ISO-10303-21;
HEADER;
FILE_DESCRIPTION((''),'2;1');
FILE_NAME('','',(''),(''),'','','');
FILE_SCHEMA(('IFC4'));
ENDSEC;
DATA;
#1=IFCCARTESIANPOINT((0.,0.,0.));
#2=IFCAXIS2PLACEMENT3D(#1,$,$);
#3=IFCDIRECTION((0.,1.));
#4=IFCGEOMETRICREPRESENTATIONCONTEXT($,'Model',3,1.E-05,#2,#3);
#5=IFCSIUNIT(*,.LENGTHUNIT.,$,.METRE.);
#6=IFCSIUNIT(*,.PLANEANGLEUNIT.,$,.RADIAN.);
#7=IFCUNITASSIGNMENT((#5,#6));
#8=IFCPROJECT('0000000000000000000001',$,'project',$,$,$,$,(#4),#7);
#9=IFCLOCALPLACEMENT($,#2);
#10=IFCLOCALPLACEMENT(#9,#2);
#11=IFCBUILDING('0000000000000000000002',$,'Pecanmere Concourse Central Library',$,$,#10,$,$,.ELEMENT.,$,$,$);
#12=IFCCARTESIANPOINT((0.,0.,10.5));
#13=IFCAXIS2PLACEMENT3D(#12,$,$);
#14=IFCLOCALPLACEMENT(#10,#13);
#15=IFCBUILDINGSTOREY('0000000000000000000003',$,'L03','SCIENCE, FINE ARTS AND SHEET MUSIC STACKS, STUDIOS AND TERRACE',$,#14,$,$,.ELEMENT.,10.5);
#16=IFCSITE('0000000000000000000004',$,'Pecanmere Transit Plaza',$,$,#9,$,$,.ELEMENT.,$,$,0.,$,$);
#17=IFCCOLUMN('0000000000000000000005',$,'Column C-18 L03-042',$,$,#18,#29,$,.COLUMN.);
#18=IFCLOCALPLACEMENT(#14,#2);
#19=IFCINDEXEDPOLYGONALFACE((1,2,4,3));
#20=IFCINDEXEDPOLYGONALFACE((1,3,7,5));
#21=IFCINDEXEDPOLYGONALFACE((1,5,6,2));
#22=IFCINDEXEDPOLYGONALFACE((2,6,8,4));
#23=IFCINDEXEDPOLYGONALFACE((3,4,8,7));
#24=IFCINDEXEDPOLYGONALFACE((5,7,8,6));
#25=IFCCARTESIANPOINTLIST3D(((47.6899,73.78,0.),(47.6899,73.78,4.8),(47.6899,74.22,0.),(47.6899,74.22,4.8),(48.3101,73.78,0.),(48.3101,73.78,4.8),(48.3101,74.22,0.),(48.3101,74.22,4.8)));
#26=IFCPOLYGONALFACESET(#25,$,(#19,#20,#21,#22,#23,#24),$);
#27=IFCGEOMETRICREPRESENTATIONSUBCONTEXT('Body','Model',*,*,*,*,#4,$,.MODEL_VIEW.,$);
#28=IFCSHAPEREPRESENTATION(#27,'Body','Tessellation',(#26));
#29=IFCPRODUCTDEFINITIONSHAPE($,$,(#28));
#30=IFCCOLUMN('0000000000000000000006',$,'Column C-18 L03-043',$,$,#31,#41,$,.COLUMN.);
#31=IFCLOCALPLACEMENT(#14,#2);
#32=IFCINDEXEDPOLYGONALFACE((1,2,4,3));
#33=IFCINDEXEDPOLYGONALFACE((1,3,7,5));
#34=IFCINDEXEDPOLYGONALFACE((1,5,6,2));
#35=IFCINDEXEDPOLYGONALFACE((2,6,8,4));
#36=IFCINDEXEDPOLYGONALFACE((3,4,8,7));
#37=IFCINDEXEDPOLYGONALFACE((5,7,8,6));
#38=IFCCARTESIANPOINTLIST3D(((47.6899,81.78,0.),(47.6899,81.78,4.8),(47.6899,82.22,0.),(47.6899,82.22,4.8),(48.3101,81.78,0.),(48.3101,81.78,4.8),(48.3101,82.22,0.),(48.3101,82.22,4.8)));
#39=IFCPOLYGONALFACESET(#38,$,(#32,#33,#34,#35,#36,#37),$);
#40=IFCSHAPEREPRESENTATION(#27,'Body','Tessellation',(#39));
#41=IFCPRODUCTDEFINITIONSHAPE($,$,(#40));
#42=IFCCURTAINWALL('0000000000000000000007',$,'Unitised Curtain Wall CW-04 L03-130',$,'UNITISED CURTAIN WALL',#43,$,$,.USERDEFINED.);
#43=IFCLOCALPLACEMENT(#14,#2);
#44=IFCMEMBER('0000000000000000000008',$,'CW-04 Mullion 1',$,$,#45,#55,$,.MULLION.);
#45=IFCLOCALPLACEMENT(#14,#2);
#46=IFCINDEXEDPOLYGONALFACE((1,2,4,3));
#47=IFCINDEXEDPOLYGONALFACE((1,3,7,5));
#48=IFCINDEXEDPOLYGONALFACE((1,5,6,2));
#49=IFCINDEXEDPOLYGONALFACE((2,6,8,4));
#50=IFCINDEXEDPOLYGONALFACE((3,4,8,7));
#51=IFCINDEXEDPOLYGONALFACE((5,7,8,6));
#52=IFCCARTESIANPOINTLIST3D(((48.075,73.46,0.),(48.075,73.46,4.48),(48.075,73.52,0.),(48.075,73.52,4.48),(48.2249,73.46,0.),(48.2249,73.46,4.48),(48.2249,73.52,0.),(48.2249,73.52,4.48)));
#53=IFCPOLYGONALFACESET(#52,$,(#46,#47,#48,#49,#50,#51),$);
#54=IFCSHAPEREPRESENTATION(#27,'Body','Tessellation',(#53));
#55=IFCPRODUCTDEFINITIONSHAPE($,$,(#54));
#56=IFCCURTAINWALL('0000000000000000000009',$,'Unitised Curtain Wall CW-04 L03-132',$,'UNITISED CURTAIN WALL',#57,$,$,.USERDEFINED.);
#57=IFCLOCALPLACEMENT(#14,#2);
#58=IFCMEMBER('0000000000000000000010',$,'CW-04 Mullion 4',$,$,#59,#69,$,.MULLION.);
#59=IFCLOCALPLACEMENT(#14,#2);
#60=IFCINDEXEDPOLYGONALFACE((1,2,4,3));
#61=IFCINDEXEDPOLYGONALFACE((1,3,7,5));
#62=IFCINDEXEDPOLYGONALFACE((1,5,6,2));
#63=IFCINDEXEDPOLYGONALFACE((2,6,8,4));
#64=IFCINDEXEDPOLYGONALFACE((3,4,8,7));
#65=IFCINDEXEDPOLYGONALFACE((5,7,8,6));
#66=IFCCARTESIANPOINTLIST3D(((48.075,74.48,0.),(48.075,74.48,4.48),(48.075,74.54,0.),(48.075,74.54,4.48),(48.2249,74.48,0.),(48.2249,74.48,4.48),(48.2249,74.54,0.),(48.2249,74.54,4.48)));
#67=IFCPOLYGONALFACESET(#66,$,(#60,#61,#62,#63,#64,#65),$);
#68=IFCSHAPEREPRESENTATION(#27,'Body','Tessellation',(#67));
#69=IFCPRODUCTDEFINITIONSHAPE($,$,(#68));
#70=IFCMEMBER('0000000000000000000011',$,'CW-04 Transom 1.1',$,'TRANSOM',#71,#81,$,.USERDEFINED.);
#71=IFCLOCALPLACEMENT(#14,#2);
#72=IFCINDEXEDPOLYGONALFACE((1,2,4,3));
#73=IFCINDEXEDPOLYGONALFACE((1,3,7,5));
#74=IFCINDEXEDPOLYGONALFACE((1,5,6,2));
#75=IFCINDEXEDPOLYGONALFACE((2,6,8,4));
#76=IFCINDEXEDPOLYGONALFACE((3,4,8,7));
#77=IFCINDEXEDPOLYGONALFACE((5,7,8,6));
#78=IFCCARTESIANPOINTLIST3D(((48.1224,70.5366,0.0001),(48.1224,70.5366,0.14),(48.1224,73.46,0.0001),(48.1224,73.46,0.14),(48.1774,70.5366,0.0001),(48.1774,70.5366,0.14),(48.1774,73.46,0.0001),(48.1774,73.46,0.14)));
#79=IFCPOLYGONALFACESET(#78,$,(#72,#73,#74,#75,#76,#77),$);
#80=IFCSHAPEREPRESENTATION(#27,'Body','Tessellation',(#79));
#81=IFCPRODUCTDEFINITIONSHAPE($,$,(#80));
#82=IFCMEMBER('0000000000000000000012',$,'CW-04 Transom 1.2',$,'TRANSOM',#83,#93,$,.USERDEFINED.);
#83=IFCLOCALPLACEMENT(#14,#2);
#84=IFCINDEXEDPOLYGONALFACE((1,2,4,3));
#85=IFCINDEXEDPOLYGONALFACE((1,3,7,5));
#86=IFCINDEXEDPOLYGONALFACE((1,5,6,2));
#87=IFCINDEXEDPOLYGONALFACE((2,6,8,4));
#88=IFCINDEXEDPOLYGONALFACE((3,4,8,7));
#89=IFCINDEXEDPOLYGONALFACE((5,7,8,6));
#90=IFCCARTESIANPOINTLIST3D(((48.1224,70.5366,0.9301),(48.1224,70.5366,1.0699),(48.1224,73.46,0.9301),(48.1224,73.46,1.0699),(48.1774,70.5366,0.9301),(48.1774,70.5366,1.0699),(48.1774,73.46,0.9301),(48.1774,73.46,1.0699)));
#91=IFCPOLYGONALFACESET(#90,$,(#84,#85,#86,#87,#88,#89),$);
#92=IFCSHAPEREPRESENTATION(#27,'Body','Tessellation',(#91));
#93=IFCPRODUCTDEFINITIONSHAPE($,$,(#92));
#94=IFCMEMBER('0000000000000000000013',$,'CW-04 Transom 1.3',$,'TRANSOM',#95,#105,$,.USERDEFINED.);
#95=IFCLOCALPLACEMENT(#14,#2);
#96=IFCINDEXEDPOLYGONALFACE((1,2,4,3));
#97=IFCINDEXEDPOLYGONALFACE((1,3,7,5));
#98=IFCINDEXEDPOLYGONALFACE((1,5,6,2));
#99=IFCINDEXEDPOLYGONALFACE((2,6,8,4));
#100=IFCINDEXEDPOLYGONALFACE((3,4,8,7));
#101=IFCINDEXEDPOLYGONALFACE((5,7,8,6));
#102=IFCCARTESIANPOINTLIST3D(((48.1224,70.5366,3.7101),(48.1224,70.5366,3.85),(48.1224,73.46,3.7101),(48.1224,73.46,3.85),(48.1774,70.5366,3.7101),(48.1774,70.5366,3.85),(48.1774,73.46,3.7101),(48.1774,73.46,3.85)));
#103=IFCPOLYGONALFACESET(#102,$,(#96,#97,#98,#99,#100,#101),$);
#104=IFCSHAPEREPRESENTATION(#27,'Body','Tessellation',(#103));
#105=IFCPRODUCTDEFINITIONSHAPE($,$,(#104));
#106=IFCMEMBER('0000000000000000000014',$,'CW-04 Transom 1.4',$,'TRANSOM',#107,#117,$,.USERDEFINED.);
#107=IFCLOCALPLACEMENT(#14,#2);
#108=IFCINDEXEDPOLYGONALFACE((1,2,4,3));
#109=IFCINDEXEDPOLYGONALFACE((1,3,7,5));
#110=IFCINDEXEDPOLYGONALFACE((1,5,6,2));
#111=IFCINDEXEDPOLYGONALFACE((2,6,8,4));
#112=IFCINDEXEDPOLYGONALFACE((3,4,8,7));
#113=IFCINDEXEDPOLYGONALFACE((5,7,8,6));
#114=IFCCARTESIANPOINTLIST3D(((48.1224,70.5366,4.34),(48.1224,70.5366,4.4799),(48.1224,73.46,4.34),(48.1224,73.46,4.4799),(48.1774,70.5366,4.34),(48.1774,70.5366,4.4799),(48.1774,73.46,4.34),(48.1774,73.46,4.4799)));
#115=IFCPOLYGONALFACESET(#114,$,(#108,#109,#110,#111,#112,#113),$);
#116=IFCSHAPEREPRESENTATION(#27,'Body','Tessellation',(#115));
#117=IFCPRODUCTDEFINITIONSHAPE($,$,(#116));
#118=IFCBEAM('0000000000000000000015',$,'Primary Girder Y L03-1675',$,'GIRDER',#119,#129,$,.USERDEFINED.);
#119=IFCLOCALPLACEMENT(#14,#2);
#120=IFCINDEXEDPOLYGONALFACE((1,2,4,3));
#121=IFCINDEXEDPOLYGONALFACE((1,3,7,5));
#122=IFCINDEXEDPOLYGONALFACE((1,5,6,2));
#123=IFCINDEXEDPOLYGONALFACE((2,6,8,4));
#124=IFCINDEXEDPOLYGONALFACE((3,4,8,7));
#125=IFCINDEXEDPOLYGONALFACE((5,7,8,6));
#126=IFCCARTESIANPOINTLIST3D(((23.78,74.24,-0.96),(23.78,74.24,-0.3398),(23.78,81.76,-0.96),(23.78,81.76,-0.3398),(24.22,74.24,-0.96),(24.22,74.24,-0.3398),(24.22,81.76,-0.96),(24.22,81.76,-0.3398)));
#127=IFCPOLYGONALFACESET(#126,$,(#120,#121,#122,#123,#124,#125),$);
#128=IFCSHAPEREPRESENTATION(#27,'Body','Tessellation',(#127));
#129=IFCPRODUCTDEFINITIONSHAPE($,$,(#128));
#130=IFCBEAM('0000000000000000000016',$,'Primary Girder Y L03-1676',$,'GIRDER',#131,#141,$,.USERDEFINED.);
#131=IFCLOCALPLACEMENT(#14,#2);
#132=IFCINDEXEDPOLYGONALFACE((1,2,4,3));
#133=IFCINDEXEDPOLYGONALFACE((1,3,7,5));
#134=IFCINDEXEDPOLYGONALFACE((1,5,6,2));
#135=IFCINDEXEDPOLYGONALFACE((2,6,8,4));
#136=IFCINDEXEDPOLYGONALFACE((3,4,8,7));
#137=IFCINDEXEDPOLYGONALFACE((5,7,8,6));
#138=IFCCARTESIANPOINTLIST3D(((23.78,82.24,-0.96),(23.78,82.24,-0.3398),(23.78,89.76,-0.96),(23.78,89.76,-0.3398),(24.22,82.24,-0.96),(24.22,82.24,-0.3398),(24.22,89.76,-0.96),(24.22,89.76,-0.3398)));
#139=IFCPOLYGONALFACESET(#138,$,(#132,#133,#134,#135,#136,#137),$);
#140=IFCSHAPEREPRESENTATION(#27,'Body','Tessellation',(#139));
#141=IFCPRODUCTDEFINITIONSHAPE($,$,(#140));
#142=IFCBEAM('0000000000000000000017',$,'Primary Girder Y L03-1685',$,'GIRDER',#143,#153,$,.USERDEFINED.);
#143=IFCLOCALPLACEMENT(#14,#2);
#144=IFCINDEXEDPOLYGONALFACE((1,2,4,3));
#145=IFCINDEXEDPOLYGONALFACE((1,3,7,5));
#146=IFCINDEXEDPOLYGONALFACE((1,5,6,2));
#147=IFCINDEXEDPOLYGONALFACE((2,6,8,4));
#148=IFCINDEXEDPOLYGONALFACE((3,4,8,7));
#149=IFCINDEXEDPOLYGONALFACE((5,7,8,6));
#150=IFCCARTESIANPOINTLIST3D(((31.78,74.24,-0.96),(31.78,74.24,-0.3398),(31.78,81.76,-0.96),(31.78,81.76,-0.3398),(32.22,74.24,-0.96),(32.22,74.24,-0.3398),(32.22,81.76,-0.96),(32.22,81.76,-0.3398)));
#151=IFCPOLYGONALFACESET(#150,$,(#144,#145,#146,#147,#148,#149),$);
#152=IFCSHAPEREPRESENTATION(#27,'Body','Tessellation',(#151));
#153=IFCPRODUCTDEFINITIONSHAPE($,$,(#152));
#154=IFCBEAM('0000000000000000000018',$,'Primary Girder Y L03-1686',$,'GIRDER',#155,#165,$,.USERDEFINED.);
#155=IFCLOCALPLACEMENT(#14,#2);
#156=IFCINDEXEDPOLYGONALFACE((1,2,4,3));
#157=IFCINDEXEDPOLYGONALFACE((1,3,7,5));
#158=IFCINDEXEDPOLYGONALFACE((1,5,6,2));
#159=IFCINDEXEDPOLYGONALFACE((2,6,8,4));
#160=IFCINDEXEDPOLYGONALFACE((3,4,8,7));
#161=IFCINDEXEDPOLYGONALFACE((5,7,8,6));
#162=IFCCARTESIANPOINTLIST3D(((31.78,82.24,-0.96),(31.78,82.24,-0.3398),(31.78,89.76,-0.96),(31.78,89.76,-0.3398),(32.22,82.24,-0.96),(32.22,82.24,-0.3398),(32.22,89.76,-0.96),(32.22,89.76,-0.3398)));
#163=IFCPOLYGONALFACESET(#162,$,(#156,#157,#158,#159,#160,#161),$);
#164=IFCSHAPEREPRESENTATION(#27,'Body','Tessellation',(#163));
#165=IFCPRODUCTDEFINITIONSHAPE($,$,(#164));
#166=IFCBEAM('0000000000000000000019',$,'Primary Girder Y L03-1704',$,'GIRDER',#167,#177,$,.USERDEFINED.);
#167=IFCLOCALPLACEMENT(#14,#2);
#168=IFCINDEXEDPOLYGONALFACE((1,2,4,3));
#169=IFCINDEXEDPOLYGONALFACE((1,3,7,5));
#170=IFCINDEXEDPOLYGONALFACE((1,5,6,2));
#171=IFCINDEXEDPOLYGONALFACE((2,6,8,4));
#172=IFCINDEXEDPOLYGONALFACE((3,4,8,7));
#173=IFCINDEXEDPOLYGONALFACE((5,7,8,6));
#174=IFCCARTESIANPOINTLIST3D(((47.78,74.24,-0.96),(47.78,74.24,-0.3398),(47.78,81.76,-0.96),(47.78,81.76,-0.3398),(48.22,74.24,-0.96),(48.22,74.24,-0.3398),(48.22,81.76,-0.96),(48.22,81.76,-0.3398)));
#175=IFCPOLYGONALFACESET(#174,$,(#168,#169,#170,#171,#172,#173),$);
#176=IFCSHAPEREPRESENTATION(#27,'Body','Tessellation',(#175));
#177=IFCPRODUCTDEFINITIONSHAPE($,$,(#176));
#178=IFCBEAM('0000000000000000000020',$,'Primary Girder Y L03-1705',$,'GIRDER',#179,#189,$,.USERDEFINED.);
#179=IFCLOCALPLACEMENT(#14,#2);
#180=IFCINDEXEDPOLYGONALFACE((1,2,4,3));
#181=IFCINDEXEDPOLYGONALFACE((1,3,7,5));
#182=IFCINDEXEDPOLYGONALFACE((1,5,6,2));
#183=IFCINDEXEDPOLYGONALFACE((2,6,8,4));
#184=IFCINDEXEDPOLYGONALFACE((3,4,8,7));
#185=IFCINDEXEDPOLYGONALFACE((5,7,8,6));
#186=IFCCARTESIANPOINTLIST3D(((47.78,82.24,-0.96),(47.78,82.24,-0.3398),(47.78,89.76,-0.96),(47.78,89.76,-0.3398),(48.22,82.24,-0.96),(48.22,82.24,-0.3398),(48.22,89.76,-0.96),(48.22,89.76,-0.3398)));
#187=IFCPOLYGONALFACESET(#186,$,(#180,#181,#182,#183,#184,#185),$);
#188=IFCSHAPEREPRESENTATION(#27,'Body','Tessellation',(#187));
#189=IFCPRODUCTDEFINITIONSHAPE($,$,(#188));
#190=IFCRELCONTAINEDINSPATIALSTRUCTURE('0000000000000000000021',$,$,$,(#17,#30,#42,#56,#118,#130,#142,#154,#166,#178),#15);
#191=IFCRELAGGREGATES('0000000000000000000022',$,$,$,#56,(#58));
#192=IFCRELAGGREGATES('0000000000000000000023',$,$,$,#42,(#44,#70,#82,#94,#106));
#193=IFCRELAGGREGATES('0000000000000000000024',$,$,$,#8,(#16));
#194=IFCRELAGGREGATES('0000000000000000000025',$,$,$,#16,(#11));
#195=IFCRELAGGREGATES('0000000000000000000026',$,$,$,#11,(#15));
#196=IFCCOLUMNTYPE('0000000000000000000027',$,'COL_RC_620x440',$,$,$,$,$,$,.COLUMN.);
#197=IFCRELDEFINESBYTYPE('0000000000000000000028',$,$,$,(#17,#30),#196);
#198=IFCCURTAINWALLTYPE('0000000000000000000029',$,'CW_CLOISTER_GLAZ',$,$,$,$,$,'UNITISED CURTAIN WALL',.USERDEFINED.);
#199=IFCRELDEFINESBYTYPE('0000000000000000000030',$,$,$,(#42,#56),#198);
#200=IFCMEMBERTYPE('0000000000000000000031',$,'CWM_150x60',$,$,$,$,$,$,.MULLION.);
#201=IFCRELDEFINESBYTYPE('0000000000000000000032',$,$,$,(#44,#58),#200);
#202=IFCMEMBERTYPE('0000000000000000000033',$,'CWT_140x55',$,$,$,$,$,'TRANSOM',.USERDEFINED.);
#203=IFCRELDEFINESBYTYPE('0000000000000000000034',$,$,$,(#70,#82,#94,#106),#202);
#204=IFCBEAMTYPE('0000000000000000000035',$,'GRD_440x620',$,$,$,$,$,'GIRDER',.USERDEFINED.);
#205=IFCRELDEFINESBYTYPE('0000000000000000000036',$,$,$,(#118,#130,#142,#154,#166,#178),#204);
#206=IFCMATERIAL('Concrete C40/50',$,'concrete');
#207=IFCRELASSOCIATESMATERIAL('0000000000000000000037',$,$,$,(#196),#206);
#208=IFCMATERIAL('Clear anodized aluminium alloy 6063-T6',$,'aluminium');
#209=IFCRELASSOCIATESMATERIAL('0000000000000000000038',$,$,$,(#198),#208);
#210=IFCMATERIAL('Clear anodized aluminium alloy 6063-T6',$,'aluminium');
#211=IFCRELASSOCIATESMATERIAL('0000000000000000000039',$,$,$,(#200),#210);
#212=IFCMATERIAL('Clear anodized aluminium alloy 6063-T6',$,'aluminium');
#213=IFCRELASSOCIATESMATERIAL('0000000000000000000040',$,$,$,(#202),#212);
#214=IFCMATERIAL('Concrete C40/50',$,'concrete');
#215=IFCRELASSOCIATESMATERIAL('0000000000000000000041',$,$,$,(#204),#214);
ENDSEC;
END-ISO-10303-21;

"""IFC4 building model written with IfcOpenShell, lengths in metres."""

from ifc_helpers import new_model, si_unit, direction, frame, origin, origin_2d, place, context, subcontext, project, spatial, rectangle, extrude, material, material_profile, profile_set, type_object, element, aggregate, save


model = new_model("IFC4")

# Units and contexts
model_context = context("Model", 3, precision=1e-05, world=origin(), true_north=direction((0.0, 1.0)))
body_context = subcontext(model_context, "Body", "Model", "MODEL_VIEW")
ifc_project = project(units=[si_unit("LENGTHUNIT", "METRE"), si_unit("PLANEANGLEUNIT", "RADIAN")], contexts=[model_context])

# Site, building, storey
site_placement = place(None, origin())
site = spatial("IfcSite", under=ifc_project, at=site_placement, Name="Pecanmere Transit Plaza", CompositionType="ELEMENT", RefElevation=0.0)
building_placement = place(site_placement, origin())
building = spatial("IfcBuilding", under=site, at=building_placement, Name="Pecanmere Concourse Central Library", CompositionType="ELEMENT")
storey_placement = place(building_placement, frame((0.0, 0.0, 10.5)))
storey = spatial("IfcBuildingStorey", under=building, at=storey_placement, Name="L03", Description="SCIENCE, FINE ARTS AND SHEET MUSIC STACKS, STUDIOS AND TERRACE", CompositionType="ELEMENT", Elevation=10.5)

# Columns
ifc_material_1 = material(Name="Concrete C40/50", Category="concrete")
ifc_material_profile_1 = material_profile(ifc_material_1, rectangle(XDim=0.6201, YDim=0.4399, at=origin_2d()), Name="RC 620x440")
ifc_profile_set_1 = profile_set([ifc_material_profile_1], Name="Concrete C40/50")
column_type = type_object("IfcColumnType", Name="COL_RC_620x440", PredefinedType="COLUMN", material=ifc_profile_set_1)
for number, where, z_axis, x_axis, name in (
    (1, (48.0, 74.0, 0.0), (0.0, 0.0, 1.0), (1.0, 0.0, 0.0), "Column C-18 L03-042"),
    (2, (48.0, 82.0, 0.0), (0.0, 0.0, 1.0), (1.0, 0.0, 0.0), "Column C-18 L03-043"),
):
    element("IfcColumn", number, at=place(storey_placement, frame(where, z_axis=z_axis, x_axis=x_axis)), inside=storey, type_object=column_type, Name=name, PredefinedType="COLUMN", context=body_context, shape_type="SweptSolid", body=[
        extrude(rectangle(XDim=0.6201, YDim=0.4399, at=origin_2d()), origin(), (0.0, 0.0, 1.0), 4.8),
    ])

# Curtain walls, members
ifc_material_2 = material(Name="Clear anodized aluminium alloy 6063-T6", Category="aluminium")
curtain_wall_type = type_object("IfcCurtainWallType", Name="CW_CLOISTER_GLAZ", ElementType="UNITISED CURTAIN WALL", PredefinedType="USERDEFINED", material=ifc_material_2)
curtain_wall_1_placement = place(storey_placement, origin())
curtain_wall_1 = element("IfcCurtainWall", 3, at=curtain_wall_1_placement, inside=storey, type_object=curtain_wall_type, Name="Unitised Curtain Wall CW-04 L03-130", ObjectType="UNITISED CURTAIN WALL", PredefinedType="USERDEFINED")
ifc_material_3 = material(Name="Clear anodized aluminium alloy 6063-T6", Category="aluminium")
ifc_material_profile_2 = material_profile(ifc_material_3, rectangle(XDim=0.0601, YDim=0.1499, at=origin_2d()), Name="AL 60x150")
ifc_profile_set_2 = profile_set([ifc_material_profile_2], Name="Clear anodized aluminium alloy 6063-T6")
member_type_1 = type_object("IfcMemberType", Name="CWM_150x60", PredefinedType="MULLION", material=ifc_profile_set_2)
member_1_placement = place(storey_placement, frame((48.1499, 73.49, 0.0), z_axis=(0.0, 0.0, 1.0), x_axis=(0.0, -1.0, 0.0)))
member_1 = element("IfcMember", 4, at=member_1_placement, type_object=member_type_1, Name="CW-04 Mullion 1", PredefinedType="MULLION", context=body_context, shape_type="SweptSolid", body=[
    extrude(rectangle(XDim=0.0601, YDim=0.1499, at=origin_2d()), origin(), (0.0, 0.0, 1.0), 4.48),
])
curtain_wall_2_placement = place(storey_placement, origin())
curtain_wall_2 = element("IfcCurtainWall", 5, at=curtain_wall_2_placement, inside=storey, type_object=curtain_wall_type, Name="Unitised Curtain Wall CW-04 L03-132", ObjectType="UNITISED CURTAIN WALL", PredefinedType="USERDEFINED")
member_2_placement = place(storey_placement, frame((48.1499, 74.51, 0.0), z_axis=(0.0, 0.0, 1.0), x_axis=(0.0, -1.0, 0.0)))
member_2 = element("IfcMember", 6, at=member_2_placement, type_object=member_type_1, Name="CW-04 Mullion 4", PredefinedType="MULLION", context=body_context, shape_type="SweptSolid", body=[
    extrude(rectangle(XDim=0.0601, YDim=0.1499, at=origin_2d()), origin(), (0.0, 0.0, 1.0), 4.48),
])

# Members
ifc_material_4 = material(Name="Clear anodized aluminium alloy 6063-T6", Category="aluminium")
ifc_material_profile_3 = material_profile(ifc_material_4, rectangle(XDim=0.0549, YDim=0.1399, at=origin_2d()), Name="AL 55x140")
ifc_profile_set_3 = profile_set([ifc_material_profile_3], Name="Clear anodized aluminium alloy 6063-T6")
member_type_2 = type_object("IfcMemberType", Name="CWT_140x55", ElementType="TRANSOM", PredefinedType="USERDEFINED", material=ifc_profile_set_3)
member_3_placement = place(storey_placement, frame((48.1499, 73.46, 0.0701), z_axis=(0.0, -1.0, 0.0), x_axis=(1.0, 0.0, 0.0)))
member_3 = element("IfcMember", 7, at=member_3_placement, type_object=member_type_2, Name="CW-04 Transom 1.1", ObjectType="TRANSOM", PredefinedType="USERDEFINED", context=body_context, shape_type="SweptSolid", body=[
    extrude(rectangle(XDim=0.0549, YDim=0.1399, at=origin_2d()), origin(), (0.0, 0.0, 1.0), 2.9233),
])
member_4_placement = place(storey_placement, frame((48.1499, 73.46, 1.0), z_axis=(0.0, -1.0, 0.0), x_axis=(1.0, 0.0, 0.0)))
member_4 = element("IfcMember", 8, at=member_4_placement, type_object=member_type_2, Name="CW-04 Transom 1.2", ObjectType="TRANSOM", PredefinedType="USERDEFINED", context=body_context, shape_type="SweptSolid", body=[
    extrude(rectangle(XDim=0.0549, YDim=0.1399, at=origin_2d()), origin(), (0.0, 0.0, 1.0), 2.9233),
])
member_5_placement = place(storey_placement, frame((48.1499, 73.46, 3.78), z_axis=(0.0, -1.0, 0.0), x_axis=(1.0, 0.0, 0.0)))
member_5 = element("IfcMember", 9, at=member_5_placement, type_object=member_type_2, Name="CW-04 Transom 1.3", ObjectType="TRANSOM", PredefinedType="USERDEFINED", context=body_context, shape_type="SweptSolid", body=[
    extrude(rectangle(XDim=0.0549, YDim=0.1399, at=origin_2d()), origin(), (0.0, 0.0, 1.0), 2.9233),
])
member_6_placement = place(storey_placement, frame((48.1499, 73.46, 4.4099), z_axis=(0.0, -1.0, 0.0), x_axis=(1.0, 0.0, 0.0)))
member_6 = element("IfcMember", 10, at=member_6_placement, type_object=member_type_2, Name="CW-04 Transom 1.4", ObjectType="TRANSOM", PredefinedType="USERDEFINED", context=body_context, shape_type="SweptSolid", body=[
    extrude(rectangle(XDim=0.0549, YDim=0.1399, at=origin_2d()), origin(), (0.0, 0.0, 1.0), 2.9233),
])

# Beams
ifc_material_5 = material(Name="Concrete C40/50", Category="concrete")
ifc_material_profile_4 = material_profile(ifc_material_5, rectangle(XDim=0.4399, YDim=0.6201, at=origin_2d()), Name="RC 440x620")
ifc_profile_set_4 = profile_set([ifc_material_profile_4], Name="Concrete C40/50")
beam_type_1 = type_object("IfcBeamType", Name="GRD_440x620", ElementType="GIRDER", PredefinedType="USERDEFINED", material=ifc_profile_set_4)
for number, where, z_axis, x_axis, name in (
    (11, (24.0, 74.24, -0.6499), (0.0, 1.0, 0.0), (-1.0, 0.0, 0.0), "Primary Girder Y L03-1675"),
    (12, (24.0, 82.24, -0.6499), (0.0, 1.0, 0.0), (-1.0, 0.0, 0.0), "Primary Girder Y L03-1676"),
    (13, (32.0, 74.24, -0.6499), (0.0, 1.0, 0.0), (-1.0, 0.0, 0.0), "Primary Girder Y L03-1685"),
    (14, (32.0, 82.24, -0.6499), (0.0, 1.0, 0.0), (-1.0, 0.0, 0.0), "Primary Girder Y L03-1686"),
    (15, (48.0, 74.24, -0.6499), (0.0, 1.0, 0.0), (-1.0, 0.0, 0.0), "Primary Girder Y L03-1704"),
    (16, (48.0, 82.24, -0.6499), (0.0, 1.0, 0.0), (-1.0, 0.0, 0.0), "Primary Girder Y L03-1705"),
):
    element("IfcBeam", number, at=place(storey_placement, frame(where, z_axis=z_axis, x_axis=x_axis)), inside=storey, type_object=beam_type_1, Name=name, ObjectType="GIRDER", PredefinedType="USERDEFINED", context=body_context, shape_type="SweptSolid", body=[
        extrude(rectangle(XDim=0.4399, YDim=0.6201, at=origin_2d()), origin(), (0.0, 0.0, 1.0), 7.52),
    ])

aggregate(curtain_wall_2, [member_2])
aggregate(curtain_wall_1, [member_1, member_3, member_4, member_5, member_6])

save(model, "model.ifc")
